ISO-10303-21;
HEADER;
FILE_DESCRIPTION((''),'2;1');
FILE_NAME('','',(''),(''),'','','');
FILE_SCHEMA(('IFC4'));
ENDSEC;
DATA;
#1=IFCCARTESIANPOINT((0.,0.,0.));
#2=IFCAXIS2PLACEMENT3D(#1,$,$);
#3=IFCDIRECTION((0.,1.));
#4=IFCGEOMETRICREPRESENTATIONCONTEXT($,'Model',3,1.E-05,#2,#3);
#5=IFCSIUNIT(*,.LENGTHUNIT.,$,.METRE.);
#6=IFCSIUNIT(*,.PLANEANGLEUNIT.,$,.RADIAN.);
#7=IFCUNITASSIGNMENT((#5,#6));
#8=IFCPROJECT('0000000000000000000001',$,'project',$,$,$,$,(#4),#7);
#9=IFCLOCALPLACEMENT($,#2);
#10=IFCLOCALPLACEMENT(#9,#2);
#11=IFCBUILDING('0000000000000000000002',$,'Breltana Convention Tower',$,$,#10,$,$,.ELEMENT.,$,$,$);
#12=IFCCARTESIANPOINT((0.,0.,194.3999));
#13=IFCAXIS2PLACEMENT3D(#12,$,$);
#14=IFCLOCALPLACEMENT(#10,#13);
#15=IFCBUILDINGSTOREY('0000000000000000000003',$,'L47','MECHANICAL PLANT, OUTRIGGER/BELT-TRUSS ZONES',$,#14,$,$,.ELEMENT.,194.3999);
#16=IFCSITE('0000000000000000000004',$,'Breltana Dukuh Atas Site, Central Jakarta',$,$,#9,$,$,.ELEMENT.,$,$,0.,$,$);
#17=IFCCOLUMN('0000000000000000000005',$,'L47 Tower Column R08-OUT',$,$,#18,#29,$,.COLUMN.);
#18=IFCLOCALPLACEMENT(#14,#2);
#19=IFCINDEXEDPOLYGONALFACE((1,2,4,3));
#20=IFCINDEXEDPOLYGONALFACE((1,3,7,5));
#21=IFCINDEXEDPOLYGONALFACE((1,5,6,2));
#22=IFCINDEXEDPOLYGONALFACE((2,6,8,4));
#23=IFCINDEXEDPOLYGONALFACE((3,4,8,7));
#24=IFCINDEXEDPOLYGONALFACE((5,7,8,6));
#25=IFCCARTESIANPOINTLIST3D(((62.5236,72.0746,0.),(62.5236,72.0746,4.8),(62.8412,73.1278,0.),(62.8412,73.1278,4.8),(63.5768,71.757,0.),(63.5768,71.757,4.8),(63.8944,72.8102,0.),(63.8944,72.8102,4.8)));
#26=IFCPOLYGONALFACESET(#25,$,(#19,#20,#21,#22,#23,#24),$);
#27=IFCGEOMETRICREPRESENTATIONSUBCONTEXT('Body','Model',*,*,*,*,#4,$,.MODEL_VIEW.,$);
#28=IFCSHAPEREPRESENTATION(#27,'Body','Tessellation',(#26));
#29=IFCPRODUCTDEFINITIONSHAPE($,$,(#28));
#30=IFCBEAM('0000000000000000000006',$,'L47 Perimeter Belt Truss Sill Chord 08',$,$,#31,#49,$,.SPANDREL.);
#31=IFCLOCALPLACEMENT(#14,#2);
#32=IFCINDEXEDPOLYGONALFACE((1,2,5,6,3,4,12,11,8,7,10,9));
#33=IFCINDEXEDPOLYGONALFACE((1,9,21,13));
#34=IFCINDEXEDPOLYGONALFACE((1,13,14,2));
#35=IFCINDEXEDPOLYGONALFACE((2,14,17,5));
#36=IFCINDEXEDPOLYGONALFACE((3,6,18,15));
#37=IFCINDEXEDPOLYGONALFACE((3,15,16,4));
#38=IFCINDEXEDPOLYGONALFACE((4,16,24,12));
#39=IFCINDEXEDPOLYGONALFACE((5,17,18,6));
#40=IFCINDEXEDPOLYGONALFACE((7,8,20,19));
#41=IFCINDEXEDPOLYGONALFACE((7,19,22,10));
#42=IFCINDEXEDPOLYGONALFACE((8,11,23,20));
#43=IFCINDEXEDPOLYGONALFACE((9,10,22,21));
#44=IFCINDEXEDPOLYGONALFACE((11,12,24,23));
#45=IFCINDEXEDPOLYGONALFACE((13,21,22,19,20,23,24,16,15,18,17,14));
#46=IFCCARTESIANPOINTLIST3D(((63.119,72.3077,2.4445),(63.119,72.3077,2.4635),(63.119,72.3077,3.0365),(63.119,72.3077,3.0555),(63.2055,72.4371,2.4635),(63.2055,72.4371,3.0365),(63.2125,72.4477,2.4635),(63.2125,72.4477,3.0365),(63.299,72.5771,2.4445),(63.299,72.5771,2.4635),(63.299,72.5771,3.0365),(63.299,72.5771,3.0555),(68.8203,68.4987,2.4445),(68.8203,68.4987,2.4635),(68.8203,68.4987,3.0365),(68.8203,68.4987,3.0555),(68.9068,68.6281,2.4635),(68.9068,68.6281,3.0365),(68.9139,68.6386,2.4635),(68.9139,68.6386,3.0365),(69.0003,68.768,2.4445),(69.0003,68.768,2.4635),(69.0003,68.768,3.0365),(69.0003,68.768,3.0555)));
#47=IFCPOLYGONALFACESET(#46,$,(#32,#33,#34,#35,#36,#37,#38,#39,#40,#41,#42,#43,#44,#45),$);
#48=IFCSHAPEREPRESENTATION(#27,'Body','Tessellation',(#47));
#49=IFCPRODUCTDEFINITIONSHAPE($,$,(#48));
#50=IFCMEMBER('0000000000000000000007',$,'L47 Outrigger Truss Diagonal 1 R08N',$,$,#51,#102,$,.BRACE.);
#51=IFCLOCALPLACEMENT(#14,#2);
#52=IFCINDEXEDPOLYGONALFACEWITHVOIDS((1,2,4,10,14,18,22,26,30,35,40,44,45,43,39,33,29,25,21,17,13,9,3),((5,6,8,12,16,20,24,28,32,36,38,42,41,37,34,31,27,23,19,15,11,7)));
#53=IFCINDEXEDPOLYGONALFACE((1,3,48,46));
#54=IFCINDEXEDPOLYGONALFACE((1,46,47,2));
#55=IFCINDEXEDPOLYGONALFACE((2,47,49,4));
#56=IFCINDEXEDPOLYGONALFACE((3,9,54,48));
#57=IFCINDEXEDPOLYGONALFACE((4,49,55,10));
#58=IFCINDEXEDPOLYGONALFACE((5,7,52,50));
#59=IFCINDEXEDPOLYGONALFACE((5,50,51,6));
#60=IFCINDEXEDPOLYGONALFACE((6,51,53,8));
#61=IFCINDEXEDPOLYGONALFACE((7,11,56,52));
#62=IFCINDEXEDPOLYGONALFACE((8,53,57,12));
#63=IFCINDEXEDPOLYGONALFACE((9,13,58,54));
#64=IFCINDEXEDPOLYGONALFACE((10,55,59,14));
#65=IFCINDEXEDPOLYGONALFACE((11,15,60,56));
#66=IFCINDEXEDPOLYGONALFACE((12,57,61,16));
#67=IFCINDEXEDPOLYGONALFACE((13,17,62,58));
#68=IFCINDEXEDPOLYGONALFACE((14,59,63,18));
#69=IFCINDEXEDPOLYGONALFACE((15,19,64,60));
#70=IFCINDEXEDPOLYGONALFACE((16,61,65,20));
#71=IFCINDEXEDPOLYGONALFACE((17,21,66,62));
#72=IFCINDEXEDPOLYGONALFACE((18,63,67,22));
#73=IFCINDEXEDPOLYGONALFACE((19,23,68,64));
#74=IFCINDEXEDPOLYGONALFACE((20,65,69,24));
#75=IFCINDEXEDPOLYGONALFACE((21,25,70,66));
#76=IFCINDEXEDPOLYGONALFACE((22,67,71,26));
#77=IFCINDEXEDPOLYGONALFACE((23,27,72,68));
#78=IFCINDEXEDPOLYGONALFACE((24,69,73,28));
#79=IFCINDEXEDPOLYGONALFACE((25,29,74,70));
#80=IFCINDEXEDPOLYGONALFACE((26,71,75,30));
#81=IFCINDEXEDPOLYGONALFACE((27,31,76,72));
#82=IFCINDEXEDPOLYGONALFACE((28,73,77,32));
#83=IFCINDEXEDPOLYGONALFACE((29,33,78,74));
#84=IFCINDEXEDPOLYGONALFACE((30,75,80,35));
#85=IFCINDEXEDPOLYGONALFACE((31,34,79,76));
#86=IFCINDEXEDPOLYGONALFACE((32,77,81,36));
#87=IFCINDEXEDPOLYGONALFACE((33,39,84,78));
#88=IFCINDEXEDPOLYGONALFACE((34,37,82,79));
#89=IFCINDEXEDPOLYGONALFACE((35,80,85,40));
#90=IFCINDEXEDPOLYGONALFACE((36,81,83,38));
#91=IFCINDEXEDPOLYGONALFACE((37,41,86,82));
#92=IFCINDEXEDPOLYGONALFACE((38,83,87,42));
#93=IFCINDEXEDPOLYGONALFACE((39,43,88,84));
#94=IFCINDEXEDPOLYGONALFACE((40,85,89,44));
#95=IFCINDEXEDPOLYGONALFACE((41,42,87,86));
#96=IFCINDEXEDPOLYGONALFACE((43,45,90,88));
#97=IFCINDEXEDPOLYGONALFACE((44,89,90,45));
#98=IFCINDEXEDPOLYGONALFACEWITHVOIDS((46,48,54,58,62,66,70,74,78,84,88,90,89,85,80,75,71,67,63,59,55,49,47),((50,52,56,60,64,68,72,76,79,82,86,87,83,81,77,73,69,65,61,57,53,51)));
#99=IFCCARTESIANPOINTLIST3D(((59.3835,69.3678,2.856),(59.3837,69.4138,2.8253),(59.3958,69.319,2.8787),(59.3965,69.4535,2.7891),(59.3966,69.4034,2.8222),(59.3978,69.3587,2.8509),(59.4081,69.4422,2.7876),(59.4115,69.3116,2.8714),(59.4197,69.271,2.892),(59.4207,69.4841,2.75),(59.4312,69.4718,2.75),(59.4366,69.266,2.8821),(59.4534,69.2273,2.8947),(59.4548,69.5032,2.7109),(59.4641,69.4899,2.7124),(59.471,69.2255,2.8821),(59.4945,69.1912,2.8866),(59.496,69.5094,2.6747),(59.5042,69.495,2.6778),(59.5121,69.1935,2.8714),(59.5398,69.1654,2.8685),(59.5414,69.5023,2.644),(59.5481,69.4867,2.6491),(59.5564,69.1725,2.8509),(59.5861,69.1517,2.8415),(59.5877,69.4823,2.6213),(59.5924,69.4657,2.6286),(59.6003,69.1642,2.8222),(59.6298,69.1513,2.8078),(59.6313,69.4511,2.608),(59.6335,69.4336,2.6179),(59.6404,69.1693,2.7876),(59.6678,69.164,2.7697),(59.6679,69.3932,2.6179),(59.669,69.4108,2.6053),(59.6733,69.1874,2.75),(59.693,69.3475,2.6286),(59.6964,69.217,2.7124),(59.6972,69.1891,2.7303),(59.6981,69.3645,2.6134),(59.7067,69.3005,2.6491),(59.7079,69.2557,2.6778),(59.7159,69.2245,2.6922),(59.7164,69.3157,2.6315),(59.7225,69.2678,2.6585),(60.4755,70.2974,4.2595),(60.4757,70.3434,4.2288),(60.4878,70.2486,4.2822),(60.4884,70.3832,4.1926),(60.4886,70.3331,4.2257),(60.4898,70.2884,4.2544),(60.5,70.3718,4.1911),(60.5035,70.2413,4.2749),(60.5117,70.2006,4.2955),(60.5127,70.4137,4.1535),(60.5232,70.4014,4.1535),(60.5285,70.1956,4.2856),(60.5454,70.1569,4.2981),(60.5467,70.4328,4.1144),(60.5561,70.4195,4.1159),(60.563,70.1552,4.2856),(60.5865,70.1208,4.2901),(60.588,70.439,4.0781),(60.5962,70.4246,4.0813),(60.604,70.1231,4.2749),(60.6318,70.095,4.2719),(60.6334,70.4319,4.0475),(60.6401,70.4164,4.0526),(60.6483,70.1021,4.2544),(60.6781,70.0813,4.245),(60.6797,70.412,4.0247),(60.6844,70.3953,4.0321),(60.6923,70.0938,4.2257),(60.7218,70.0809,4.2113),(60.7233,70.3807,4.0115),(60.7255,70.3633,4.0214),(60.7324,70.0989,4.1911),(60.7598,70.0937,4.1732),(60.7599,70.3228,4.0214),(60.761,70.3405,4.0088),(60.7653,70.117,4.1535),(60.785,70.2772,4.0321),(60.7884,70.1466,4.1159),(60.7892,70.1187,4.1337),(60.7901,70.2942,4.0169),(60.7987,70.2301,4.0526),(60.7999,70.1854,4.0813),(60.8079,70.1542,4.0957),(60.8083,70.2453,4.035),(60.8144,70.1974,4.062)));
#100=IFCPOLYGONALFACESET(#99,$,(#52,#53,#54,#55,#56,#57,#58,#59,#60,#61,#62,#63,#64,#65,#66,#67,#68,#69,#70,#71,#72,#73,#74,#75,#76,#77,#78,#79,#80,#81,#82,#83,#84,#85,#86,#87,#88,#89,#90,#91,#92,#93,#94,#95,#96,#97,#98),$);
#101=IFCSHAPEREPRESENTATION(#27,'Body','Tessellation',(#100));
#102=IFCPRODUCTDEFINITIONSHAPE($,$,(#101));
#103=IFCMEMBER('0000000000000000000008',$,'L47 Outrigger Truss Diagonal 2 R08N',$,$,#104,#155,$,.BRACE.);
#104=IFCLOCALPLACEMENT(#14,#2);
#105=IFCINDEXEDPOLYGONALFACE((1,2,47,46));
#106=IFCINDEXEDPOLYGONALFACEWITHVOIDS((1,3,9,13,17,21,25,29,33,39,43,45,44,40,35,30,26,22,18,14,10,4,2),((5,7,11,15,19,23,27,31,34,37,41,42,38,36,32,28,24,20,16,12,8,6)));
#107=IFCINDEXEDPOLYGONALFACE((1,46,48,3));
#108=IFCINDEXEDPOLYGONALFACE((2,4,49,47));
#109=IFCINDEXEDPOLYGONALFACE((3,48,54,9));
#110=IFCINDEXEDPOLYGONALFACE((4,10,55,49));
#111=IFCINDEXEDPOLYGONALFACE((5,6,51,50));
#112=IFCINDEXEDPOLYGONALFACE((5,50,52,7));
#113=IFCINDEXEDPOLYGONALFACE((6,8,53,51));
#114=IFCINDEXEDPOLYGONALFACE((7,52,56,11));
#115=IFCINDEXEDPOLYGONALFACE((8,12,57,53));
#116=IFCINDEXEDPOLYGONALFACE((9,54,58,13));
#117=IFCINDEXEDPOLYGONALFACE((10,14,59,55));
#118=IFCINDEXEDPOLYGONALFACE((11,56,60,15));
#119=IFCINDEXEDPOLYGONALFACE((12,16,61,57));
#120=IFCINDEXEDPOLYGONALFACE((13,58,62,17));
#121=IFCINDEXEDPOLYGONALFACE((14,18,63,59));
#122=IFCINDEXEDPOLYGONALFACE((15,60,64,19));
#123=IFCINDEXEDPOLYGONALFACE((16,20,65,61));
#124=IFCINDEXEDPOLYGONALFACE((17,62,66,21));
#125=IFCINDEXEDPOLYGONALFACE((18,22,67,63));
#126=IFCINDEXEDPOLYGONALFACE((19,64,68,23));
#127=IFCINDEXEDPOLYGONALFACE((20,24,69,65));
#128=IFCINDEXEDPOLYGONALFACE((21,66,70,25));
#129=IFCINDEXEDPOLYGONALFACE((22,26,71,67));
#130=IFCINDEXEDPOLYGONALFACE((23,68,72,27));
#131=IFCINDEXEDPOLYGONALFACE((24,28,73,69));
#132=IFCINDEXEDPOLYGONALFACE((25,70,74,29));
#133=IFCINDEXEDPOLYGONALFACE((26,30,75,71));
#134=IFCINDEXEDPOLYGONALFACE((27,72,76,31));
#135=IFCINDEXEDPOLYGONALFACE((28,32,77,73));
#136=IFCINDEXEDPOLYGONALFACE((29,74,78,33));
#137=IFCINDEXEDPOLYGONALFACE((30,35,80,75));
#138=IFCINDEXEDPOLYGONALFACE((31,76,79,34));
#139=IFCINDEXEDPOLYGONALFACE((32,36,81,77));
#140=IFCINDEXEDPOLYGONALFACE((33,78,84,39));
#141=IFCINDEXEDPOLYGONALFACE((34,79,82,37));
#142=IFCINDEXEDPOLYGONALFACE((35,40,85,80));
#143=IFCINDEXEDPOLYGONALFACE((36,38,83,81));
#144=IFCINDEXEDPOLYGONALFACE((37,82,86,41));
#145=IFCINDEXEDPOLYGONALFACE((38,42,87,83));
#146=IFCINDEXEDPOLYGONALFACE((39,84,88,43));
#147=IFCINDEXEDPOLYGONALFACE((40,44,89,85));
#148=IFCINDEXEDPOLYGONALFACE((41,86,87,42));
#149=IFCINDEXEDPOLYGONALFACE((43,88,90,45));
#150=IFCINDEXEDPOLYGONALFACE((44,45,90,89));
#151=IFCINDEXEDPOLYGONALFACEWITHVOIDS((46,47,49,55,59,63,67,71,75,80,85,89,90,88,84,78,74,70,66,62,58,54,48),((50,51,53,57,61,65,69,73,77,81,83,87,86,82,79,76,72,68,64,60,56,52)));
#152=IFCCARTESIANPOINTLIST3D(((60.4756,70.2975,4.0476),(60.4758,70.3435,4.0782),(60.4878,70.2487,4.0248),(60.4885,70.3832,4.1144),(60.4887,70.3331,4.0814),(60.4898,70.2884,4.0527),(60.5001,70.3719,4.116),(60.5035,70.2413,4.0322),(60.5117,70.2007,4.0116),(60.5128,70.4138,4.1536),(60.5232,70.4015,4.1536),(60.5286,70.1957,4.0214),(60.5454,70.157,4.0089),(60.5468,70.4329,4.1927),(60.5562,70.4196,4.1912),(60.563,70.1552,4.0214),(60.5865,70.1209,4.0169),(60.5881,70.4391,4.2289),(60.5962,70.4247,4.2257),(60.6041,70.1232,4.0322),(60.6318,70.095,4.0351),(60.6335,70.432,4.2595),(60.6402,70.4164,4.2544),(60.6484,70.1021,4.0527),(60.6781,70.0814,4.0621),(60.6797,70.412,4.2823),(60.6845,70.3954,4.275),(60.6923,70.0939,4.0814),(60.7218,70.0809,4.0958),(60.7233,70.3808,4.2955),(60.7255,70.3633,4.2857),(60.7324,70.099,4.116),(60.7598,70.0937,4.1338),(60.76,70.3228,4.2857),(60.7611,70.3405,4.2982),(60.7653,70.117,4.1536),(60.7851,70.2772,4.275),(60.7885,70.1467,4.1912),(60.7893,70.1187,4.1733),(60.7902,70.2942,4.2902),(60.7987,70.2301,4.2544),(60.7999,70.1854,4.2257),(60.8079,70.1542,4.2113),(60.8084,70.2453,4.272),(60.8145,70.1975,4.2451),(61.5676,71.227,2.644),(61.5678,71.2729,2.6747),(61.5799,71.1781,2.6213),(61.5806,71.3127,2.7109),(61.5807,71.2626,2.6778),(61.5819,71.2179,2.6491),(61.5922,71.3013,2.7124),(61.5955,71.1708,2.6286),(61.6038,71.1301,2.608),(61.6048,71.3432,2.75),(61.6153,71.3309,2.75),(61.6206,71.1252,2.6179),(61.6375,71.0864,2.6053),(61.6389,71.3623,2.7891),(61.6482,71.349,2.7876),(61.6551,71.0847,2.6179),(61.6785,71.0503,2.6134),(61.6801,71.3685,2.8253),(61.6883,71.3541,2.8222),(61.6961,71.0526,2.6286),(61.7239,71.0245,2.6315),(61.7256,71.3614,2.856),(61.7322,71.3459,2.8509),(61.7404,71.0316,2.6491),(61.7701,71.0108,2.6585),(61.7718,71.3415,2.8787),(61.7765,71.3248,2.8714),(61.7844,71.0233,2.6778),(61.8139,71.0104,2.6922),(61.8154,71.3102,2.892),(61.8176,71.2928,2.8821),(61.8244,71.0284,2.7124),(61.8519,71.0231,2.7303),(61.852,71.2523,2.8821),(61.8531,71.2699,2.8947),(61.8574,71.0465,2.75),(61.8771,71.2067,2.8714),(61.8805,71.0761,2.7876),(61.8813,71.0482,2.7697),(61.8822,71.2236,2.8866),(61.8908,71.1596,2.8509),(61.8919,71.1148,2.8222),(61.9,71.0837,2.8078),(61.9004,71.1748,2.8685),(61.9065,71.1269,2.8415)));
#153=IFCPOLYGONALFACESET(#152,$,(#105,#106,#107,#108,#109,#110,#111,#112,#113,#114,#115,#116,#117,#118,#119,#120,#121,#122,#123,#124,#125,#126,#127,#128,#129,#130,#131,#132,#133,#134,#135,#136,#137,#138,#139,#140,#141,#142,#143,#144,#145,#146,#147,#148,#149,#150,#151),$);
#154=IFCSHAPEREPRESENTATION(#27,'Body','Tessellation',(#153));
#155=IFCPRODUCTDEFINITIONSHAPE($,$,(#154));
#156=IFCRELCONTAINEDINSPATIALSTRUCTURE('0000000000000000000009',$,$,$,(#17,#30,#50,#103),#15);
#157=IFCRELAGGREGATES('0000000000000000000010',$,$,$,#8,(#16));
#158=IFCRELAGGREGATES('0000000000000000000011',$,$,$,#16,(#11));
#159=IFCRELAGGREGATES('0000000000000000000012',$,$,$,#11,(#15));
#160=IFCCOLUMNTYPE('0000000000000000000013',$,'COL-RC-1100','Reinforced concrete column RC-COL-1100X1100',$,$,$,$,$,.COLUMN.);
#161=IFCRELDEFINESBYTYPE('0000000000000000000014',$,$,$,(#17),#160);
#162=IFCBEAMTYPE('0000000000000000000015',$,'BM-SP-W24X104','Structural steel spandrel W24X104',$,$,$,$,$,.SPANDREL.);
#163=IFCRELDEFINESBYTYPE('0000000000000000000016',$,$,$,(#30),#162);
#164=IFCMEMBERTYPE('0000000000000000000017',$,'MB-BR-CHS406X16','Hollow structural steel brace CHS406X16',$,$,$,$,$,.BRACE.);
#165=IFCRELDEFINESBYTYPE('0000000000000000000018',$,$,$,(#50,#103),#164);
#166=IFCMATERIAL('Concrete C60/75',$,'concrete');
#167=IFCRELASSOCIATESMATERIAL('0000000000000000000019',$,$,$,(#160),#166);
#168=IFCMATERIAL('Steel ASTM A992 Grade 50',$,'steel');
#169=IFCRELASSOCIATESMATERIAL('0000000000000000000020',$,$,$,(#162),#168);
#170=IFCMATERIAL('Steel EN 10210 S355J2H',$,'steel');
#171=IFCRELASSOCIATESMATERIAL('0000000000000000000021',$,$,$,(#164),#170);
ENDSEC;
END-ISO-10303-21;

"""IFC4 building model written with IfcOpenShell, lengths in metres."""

from ifc_helpers import new_model, si_unit, direction, frame, origin, origin_2d, place, context, subcontext, project, spatial, rectangle, hollow_circle, i_section, extrude, source, transform, mapped, material, material_profile, profile_set, type_object, element, save


model = new_model("IFC4")

# Units and contexts
model_context = context("Model", 3, precision=1e-05, world=origin(), true_north=direction((0.0, 1.0)))
body_context = subcontext(model_context, "Body", "Model", "MODEL_VIEW")
ifc_project = project(units=[si_unit("LENGTHUNIT", "METRE"), si_unit("PLANEANGLEUNIT", "RADIAN")], contexts=[model_context])

# Site, building, storey
site_placement = place(None, origin())
site = spatial("IfcSite", under=ifc_project, at=site_placement, Name="Breltana Dukuh Atas Site, Central Jakarta", CompositionType="ELEMENT", RefElevation=0.0)
building_placement = place(site_placement, origin())
building = spatial("IfcBuilding", under=site, at=building_placement, Name="Breltana Convention Tower", CompositionType="ELEMENT")
storey_placement = place(building_placement, frame((0.0, 0.0, 194.3999)))
storey = spatial("IfcBuildingStorey", under=building, at=storey_placement, Name="L47", Description="MECHANICAL PLANT, OUTRIGGER/BELT-TRUSS ZONES", CompositionType="ELEMENT", Elevation=194.3999)

# Column
ifc_material_1 = material(Name="Concrete C60/75", Category="concrete")
ifc_material_profile_1 = material_profile(ifc_material_1, rectangle(XDim=1.1001, YDim=1.1001, at=origin_2d()), Name="RC-COL-1100X1100")
ifc_profile_set_1 = profile_set([ifc_material_profile_1], Name="Concrete C60/75")
column_type = type_object("IfcColumnType", Name="COL-RC-1100", Description="Reinforced concrete column RC-COL-1100X1100", PredefinedType="COLUMN", material=ifc_profile_set_1)
shared_shape_1 = source(origin(), body_context, "Body", "SweptSolid", [
    extrude(rectangle(XDim=1.1001, YDim=1.1001, at=origin_2d()), origin(), (0.0, 0.0, 1.0), 4.8),
])
column_placement = place(storey_placement, frame((63.209, 72.4424, 0.0), z_axis=(0.0, 0.0, 1.0), x_axis=(0.288698, 0.95742, 0.0)))
element("IfcColumn", 1, at=column_placement, inside=storey, type_object=column_type, Name="L47 Tower Column R08-OUT", PredefinedType="COLUMN", context=body_context, shape_type="MappedRepresentation", body=[
    mapped(shared_shape_1, transform((0.0, 0.0, 0.0), scale=1.0)),
])

# Beam
ifc_material_2 = material(Name="Steel ASTM A992 Grade 50", Category="steel")
ifc_material_profile_2 = material_profile(ifc_material_2, i_section(OverallWidth=0.324, OverallDepth=0.6111, WebThickness=0.0127, FlangeThickness=0.019, at=origin_2d()), Name="W24X104")
ifc_profile_set_2 = profile_set([ifc_material_profile_2], Name="Steel ASTM A992 Grade 50")
beam_type_1 = type_object("IfcBeamType", Name="BM-SP-W24X104", Description="Structural steel spandrel W24X104", PredefinedType="SPANDREL", material=ifc_profile_set_2)
shared_shape_2 = source(origin(), body_context, "Body", "SweptSolid", [
    extrude(i_section(OverallWidth=0.324, OverallDepth=0.6111, WebThickness=0.0127, FlangeThickness=0.019, at=origin_2d()), origin(), (0.0, 0.0, 1.0), 6.8567),
])
beam_1_placement = place(storey_placement, frame((63.209, 72.4424, 2.75), z_axis=(0.831502, -0.555522, 0.0), x_axis=(0.555522, 0.831502, 0.0)))
element("IfcBeam", 2, at=beam_1_placement, inside=storey, type_object=beam_type_1, Name="L47 Perimeter Belt Truss Sill Chord 08", PredefinedType="SPANDREL", context=body_context, shape_type="MappedRepresentation", body=[
    mapped(shared_shape_2, transform((0.0, 0.0, 0.0), scale=1.0)),
])

# Members
ifc_material_3 = material(Name="Steel EN 10210 S355J2H", Category="steel")
ifc_material_profile_3 = material_profile(ifc_material_3, hollow_circle(Radius=0.2029, WallThickness=0.0161, at=origin_2d()), Name="CHS406X16")
ifc_profile_set_3 = profile_set([ifc_material_profile_3], Name="Steel EN 10210 S355J2H")
member_type_1 = type_object("IfcMemberType", Name="MB-BR-CHS406X16", Description="Hollow structural steel brace CHS406X16", PredefinedType="BRACE", material=ifc_profile_set_3)
shared_shape_3 = source(origin(), body_context, "Body", "SweptSolid", [
    extrude(hollow_circle(Radius=0.2029, WallThickness=0.0161, at=origin_2d()), origin(), (0.0, 0.0, 1.0), 2.0066),
])
for number, where, z_axis, x_axis, name in (
    (3, (59.5522, 69.3296, 2.75), (0.544196, 0.463291, 0.699437), (-0.648236, 0.761439, 0.0), "L47 Outrigger Truss Diagonal 1 R08N"),
    (4, (60.6443, 70.2593, 4.1536), (0.544227, 0.463195, -0.699477), (-0.648138, 0.761523, 0.0), "L47 Outrigger Truss Diagonal 2 R08N"),
):
    element("IfcMember", number, at=place(storey_placement, frame(where, z_axis=z_axis, x_axis=x_axis)), inside=storey, type_object=member_type_1, Name=name, PredefinedType="BRACE", context=body_context, shape_type="MappedRepresentation", body=[
        mapped(shared_shape_3, transform((0.0, 0.0, 0.0), scale=1.0)),
    ])

save(model, "model.ifc")
